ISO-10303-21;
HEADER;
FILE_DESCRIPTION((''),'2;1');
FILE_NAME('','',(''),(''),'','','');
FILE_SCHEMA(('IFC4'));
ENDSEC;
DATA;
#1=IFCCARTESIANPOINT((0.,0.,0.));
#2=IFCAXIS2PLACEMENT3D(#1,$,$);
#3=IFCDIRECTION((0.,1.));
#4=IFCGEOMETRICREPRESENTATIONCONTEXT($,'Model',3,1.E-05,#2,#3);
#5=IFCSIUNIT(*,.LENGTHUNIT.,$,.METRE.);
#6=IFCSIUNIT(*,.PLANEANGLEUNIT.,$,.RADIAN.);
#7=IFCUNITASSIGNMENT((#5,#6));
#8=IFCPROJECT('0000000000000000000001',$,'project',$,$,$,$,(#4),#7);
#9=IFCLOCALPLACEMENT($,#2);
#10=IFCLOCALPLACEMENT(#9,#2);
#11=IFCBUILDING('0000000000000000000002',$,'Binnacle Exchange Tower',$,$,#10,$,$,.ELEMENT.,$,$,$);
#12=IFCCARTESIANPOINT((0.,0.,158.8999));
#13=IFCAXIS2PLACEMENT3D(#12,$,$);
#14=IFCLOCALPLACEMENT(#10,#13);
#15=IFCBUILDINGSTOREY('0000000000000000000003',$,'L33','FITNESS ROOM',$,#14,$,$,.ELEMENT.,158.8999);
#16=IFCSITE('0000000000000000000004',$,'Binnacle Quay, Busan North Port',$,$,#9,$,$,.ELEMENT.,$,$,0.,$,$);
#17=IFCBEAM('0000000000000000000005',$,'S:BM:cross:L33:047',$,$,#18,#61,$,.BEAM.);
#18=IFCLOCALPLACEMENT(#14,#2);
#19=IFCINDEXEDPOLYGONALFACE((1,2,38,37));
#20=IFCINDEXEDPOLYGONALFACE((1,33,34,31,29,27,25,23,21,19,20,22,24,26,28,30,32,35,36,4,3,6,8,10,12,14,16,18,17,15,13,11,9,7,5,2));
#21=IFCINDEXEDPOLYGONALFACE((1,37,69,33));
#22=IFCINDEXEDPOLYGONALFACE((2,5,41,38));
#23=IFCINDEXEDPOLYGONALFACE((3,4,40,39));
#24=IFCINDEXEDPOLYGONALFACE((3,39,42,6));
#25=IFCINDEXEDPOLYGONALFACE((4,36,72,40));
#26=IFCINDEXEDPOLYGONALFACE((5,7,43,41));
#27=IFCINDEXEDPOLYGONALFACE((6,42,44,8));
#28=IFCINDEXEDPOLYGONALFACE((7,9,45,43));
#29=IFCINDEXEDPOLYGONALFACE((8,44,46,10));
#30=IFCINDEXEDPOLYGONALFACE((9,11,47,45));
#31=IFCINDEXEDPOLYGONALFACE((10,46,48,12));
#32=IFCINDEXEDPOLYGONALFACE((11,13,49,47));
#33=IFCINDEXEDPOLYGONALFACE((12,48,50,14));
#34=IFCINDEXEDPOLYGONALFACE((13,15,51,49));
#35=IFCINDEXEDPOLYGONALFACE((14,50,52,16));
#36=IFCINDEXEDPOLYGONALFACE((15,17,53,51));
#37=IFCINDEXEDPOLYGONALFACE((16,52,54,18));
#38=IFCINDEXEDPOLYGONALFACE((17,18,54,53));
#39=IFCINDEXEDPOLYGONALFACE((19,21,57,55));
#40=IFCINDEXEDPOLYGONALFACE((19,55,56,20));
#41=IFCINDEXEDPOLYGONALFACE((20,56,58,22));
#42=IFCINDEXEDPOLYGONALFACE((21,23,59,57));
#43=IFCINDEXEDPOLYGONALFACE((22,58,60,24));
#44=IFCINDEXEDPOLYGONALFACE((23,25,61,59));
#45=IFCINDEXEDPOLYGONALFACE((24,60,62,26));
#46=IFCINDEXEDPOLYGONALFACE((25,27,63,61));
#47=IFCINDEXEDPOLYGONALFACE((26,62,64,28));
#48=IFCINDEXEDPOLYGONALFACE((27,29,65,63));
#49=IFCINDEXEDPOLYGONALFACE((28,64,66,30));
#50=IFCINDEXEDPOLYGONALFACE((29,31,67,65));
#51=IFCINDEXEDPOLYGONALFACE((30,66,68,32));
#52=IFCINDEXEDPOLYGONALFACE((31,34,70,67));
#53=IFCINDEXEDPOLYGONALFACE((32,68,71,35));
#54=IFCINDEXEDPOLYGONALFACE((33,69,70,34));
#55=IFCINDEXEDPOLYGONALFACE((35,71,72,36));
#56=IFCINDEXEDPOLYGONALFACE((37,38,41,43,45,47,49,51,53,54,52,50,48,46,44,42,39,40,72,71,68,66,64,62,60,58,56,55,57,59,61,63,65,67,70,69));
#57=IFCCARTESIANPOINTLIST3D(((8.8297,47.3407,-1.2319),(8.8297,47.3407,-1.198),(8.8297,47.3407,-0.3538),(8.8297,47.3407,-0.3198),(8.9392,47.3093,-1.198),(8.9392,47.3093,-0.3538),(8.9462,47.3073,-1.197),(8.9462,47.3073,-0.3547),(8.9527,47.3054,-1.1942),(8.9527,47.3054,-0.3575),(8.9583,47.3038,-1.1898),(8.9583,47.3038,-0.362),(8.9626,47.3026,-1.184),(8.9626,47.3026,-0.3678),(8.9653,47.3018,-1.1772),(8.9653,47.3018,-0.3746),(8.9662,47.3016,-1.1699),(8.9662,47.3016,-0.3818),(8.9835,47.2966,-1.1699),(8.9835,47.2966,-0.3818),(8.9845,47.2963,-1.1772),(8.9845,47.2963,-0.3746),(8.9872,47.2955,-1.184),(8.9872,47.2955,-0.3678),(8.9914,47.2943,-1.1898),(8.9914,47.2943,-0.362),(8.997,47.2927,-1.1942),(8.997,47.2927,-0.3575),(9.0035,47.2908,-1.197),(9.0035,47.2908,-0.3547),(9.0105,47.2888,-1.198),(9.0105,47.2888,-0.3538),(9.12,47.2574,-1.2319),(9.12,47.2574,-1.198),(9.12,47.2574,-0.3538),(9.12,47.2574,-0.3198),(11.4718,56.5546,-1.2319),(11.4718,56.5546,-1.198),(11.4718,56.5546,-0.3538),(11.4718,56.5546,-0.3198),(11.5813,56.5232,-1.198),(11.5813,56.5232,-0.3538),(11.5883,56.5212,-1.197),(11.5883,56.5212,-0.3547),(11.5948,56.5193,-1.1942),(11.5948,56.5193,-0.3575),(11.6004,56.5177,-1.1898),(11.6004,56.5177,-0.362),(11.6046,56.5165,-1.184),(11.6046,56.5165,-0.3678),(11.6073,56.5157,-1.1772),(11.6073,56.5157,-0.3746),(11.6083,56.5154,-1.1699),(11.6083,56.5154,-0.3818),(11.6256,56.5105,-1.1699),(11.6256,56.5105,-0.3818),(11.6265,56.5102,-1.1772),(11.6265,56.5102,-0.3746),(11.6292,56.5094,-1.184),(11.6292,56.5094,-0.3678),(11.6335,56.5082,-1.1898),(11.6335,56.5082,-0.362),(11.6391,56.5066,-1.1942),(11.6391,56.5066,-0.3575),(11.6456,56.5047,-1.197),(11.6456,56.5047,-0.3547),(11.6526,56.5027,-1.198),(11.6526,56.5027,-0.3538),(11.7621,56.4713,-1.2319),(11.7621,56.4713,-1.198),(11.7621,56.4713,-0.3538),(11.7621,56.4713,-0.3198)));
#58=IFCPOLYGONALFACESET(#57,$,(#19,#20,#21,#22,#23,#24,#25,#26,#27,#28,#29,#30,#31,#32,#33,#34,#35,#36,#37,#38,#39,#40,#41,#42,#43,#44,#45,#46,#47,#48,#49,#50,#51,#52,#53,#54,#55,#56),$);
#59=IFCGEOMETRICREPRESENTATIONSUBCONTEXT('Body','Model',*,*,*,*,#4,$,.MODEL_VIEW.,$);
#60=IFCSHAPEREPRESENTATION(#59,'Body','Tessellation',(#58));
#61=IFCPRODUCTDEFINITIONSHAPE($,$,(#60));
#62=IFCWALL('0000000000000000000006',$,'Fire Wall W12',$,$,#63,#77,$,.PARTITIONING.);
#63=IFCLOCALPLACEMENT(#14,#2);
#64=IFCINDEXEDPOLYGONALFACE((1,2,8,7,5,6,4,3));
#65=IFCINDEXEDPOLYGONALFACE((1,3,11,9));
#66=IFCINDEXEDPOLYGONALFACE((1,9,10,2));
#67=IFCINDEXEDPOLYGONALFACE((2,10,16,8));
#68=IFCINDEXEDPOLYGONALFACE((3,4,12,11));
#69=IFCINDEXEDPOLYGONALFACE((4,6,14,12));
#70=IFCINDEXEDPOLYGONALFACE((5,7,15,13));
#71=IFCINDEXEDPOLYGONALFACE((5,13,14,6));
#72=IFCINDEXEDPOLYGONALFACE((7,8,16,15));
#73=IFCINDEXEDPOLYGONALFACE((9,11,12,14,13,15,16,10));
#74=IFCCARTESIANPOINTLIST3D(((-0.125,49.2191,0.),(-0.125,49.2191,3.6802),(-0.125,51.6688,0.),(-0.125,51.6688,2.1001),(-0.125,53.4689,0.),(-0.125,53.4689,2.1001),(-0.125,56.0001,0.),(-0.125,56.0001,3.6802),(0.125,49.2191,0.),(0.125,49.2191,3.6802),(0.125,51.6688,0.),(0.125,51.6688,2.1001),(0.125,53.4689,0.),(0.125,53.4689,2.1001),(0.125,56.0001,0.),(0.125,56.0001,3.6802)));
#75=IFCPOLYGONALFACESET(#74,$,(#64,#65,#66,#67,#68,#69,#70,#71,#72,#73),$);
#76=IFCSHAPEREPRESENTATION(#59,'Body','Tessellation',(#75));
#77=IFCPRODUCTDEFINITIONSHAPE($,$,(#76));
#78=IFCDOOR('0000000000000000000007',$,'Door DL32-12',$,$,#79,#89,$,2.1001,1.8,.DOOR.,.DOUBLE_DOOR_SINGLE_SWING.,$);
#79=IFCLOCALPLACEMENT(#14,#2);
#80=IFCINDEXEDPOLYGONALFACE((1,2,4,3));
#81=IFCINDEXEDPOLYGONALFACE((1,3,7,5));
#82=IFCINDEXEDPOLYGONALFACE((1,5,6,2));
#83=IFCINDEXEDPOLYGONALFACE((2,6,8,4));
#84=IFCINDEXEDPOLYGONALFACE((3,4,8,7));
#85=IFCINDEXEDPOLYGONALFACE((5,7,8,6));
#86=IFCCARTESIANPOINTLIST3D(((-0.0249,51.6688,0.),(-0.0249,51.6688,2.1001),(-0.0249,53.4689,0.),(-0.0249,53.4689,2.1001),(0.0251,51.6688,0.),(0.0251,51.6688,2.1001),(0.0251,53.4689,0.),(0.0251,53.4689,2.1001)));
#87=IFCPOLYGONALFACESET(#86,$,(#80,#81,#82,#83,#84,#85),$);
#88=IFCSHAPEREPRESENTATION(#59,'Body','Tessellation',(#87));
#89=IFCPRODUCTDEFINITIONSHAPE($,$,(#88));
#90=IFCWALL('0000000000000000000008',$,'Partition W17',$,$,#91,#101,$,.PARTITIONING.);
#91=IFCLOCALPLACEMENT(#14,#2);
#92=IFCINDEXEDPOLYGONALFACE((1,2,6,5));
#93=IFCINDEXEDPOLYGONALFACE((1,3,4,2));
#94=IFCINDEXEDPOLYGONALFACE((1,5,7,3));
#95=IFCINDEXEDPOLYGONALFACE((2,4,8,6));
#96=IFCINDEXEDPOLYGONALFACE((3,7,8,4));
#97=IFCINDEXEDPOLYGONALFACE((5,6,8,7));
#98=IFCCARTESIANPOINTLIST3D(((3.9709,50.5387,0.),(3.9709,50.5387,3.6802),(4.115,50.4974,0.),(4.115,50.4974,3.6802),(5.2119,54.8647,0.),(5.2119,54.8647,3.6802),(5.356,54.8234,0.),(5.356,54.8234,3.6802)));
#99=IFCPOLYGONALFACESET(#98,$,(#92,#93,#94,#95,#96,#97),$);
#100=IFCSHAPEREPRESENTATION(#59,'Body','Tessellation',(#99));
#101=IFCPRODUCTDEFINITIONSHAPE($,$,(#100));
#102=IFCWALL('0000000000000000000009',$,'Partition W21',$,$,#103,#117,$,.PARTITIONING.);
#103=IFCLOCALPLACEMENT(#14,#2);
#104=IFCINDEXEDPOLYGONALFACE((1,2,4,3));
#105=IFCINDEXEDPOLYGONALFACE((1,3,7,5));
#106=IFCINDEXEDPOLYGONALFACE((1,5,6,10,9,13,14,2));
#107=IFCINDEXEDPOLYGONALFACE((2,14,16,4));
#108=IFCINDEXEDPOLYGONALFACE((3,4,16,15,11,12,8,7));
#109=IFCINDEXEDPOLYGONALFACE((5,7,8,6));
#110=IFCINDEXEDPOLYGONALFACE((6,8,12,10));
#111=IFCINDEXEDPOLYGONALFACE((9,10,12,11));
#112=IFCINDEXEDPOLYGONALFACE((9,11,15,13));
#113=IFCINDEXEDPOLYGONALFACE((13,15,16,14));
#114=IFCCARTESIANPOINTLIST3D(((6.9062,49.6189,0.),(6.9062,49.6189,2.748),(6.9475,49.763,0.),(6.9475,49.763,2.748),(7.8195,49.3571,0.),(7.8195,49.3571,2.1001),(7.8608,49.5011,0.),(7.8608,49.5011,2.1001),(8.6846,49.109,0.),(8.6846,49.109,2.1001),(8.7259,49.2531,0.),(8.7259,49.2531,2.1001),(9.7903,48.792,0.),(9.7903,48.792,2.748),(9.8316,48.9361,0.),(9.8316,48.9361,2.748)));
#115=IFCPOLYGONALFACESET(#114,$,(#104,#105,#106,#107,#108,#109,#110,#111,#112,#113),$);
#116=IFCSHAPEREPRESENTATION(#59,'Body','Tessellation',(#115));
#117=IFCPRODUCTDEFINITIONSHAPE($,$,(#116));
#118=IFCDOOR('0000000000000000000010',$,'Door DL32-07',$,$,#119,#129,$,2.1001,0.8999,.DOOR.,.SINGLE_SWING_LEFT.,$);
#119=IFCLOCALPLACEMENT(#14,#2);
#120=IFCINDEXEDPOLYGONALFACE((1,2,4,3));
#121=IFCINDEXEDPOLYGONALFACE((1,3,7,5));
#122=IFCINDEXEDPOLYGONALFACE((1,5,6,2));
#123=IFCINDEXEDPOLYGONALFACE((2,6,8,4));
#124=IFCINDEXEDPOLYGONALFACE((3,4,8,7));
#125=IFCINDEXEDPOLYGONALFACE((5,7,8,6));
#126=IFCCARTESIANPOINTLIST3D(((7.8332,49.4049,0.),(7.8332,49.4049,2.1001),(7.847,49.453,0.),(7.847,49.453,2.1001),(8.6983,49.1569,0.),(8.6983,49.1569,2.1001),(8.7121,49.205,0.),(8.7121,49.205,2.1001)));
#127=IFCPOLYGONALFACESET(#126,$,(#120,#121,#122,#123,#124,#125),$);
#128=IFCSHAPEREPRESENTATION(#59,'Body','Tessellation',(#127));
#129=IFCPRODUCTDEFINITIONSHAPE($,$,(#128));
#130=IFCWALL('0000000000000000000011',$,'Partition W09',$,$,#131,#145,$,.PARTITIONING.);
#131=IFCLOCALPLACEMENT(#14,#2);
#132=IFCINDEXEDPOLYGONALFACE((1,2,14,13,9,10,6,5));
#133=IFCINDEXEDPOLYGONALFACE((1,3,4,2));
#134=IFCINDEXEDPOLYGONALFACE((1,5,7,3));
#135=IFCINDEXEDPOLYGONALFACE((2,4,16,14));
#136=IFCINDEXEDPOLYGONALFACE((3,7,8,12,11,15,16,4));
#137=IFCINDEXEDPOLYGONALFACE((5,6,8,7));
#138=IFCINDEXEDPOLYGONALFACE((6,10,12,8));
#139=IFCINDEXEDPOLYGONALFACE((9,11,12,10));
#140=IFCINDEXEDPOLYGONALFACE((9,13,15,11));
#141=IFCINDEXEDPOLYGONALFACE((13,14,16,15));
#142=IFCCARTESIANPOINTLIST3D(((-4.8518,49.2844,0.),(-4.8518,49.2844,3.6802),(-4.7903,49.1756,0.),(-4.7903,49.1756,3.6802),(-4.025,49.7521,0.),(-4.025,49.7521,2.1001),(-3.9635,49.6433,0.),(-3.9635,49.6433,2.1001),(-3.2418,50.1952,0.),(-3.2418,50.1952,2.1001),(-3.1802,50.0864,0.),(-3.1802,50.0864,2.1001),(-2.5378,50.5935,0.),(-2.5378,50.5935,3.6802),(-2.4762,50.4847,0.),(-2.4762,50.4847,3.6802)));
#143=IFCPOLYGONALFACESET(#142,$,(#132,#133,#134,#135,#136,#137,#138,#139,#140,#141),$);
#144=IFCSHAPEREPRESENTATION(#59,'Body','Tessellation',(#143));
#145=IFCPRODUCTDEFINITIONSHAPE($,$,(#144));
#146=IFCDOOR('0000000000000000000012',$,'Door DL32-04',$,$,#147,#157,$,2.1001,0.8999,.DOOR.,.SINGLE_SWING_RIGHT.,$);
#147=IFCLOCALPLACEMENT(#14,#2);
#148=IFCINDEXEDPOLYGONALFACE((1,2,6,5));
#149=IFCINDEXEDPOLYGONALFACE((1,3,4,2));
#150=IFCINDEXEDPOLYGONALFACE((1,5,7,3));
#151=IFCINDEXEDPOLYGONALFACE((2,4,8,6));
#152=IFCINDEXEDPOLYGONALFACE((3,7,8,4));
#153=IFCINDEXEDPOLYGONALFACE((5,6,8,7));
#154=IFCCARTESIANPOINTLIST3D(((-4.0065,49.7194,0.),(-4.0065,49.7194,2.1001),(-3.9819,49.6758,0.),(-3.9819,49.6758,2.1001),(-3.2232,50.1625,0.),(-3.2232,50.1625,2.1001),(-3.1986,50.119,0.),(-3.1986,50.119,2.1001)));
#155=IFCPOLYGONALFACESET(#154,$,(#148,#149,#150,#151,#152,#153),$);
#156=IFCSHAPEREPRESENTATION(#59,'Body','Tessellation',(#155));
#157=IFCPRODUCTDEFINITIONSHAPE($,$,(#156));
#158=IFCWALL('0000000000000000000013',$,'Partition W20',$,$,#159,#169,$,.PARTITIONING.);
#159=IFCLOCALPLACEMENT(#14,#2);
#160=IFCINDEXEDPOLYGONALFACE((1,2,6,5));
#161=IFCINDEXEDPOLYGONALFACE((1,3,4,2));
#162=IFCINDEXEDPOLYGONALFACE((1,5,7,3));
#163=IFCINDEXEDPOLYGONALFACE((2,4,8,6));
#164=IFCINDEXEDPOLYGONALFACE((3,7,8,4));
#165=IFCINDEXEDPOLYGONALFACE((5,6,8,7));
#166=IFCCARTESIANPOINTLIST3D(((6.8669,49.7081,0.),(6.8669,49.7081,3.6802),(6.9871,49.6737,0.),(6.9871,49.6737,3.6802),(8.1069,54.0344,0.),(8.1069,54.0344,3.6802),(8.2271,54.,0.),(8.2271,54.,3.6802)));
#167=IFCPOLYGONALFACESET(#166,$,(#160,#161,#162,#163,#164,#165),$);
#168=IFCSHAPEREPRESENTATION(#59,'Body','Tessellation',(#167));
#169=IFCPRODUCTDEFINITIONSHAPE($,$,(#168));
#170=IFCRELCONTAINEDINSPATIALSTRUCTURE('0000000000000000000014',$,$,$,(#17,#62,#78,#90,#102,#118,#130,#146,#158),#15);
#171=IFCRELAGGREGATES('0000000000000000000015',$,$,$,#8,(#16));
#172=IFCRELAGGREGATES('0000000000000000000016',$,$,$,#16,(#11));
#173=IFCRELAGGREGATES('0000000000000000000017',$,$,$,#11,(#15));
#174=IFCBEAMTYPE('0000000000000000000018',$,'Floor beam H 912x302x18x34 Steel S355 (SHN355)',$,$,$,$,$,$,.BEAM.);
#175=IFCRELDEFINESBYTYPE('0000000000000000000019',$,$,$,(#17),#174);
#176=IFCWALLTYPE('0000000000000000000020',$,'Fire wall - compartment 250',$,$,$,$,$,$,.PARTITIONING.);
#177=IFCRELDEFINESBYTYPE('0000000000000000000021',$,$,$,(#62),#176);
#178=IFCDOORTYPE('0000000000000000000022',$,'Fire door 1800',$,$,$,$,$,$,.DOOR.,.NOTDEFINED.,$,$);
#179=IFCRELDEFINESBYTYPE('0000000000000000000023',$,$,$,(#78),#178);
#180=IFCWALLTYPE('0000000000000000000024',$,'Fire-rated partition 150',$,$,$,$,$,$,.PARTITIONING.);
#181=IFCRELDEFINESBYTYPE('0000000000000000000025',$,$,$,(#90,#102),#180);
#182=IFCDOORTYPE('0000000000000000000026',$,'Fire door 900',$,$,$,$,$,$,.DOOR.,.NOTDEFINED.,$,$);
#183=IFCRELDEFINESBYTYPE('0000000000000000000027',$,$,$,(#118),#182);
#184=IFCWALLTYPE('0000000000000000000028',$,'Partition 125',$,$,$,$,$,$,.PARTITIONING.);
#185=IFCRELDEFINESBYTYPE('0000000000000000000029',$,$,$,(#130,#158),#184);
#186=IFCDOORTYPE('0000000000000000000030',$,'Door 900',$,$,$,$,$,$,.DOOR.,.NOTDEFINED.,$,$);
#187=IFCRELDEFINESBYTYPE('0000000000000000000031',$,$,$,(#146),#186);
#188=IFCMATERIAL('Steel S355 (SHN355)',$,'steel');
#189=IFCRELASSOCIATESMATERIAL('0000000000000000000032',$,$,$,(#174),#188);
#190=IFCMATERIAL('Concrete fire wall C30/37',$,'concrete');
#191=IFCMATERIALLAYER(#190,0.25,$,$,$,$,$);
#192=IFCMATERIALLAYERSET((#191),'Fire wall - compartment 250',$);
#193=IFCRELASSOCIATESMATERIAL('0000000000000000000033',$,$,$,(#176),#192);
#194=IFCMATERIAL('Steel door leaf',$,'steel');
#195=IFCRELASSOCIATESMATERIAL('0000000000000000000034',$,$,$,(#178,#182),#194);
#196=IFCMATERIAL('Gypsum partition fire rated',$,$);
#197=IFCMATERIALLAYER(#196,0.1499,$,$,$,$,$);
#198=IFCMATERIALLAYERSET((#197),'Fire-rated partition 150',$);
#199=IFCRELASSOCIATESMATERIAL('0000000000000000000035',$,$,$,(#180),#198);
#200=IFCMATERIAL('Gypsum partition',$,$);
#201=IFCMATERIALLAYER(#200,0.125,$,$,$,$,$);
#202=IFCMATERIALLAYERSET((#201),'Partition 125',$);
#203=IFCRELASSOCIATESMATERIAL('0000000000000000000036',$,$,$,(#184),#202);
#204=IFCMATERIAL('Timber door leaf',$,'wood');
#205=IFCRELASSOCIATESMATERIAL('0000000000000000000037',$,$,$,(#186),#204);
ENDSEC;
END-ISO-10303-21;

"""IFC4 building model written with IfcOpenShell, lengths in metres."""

from ifc_helpers import new_model, si_unit, direction, frame, frame_2d, origin, origin_2d, place, context, subcontext, project, spatial, rectangle, i_section, extrude, material, layer, layer_set, material_profile, profile_set, type_object, element, fill, save


model = new_model("IFC4")

# Units and contexts
model_context = context("Model", 3, precision=1e-05, world=origin(), true_north=direction((0.0, 1.0)))
body_context = subcontext(model_context, "Body", "Model", "MODEL_VIEW")
ifc_project = project(units=[si_unit("LENGTHUNIT", "METRE"), si_unit("PLANEANGLEUNIT", "RADIAN")], contexts=[model_context])

# Site, building, storey
site_placement = place(None, origin())
site = spatial("IfcSite", under=ifc_project, at=site_placement, Name="Binnacle Quay, Busan North Port", CompositionType="ELEMENT", RefElevation=0.0)
building_placement = place(site_placement, origin())
building = spatial("IfcBuilding", under=site, at=building_placement, Name="Binnacle Exchange Tower", CompositionType="ELEMENT")
storey_placement = place(building_placement, frame((0.0, 0.0, 158.8999)))
storey = spatial("IfcBuildingStorey", under=building, at=storey_placement, Name="L33", Description="FITNESS ROOM", CompositionType="ELEMENT", Elevation=158.8999)

# Beam
ifc_material_1 = material(Name="Steel S355 (SHN355)", Category="steel")
ifc_material_profile_1 = material_profile(ifc_material_1, i_section(OverallWidth=0.302, OverallDepth=0.9121, WebThickness=0.0181, FlangeThickness=0.0339, FilletRadius=0.0281, at=origin_2d()), Name="H 912x302x18x34")
ifc_profile_set_1 = profile_set([ifc_material_profile_1], Name="Steel S355 (SHN355)")
beam_type_1 = type_object("IfcBeamType", Name="Floor beam H 912x302x18x34 Steel S355 (SHN355)", PredefinedType="BEAM", material=ifc_profile_set_1)
beam_1_placement = place(storey_placement, frame((8.9749, 47.2991, -0.7759), z_axis=(0.275643, 0.96126, 0.0), x_axis=(-0.96126, 0.275643, 0.0)))
element("IfcBeam", 1, at=beam_1_placement, inside=storey, type_object=beam_type_1, Name="S:BM:cross:L33:047", PredefinedType="BEAM", context=body_context, shape_type="SweptSolid", body=[
    extrude(i_section(OverallWidth=0.302, OverallDepth=0.9121, WebThickness=0.0181, FlangeThickness=0.0339, FilletRadius=0.0281, at=origin_2d()), origin(), (0.0, 0.0, 1.0), 9.5852),
])

# Wall, opening, door
ifc_material_2 = material(Name="Concrete fire wall C30/37", Category="concrete")
ifc_layer_1 = layer(ifc_material_2, 0.25)
ifc_layer_set_1 = layer_set([ifc_layer_1], Name="Fire wall - compartment 250")
wall_type_1 = type_object("IfcWallType", Name="Fire wall - compartment 250", PredefinedType="PARTITIONING", material=ifc_layer_set_1)
wall_1_placement = place(storey_placement, frame((0.0, 49.219, 0.0), z_axis=(0.0, 0.0, 1.0), x_axis=(0.0, 1.0, 0.0)))
wall_1 = element("IfcWall", 2, at=wall_1_placement, inside=storey, type_object=wall_type_1, Name="Fire Wall W12", PredefinedType="PARTITIONING", context=body_context, shape_type="SweptSolid", body=[
    extrude(rectangle(XDim=6.781, YDim=0.25, at=frame_2d((3.3906, 0.0))), origin(), (0.0, 0.0, 1.0), 3.6802),
])
opening_1_placement = place(wall_1_placement, frame((2.45, 0.0, 0.0)))
opening_1 = element("IfcOpeningElement", 3, at=opening_1_placement, cuts=wall_1, PredefinedType="OPENING", context=body_context, shape_type="SweptSolid", body=[
    extrude(rectangle(XDim=1.8, YDim=2.1001, at=frame_2d((0.8999, 1.05))), frame((0.0, 0.135, 0.0), z_axis=(0.0, -1.0, 0.0), x_axis=(1.0, 0.0, 0.0)), (0.0, 0.0, 1.0), 0.27),
])
ifc_material_3 = material(Name="Steel door leaf", Category="steel")
door_type_1 = type_object("IfcDoorType", Name="Fire door 1800", OperationType="NOTDEFINED", PredefinedType="DOOR", material=ifc_material_3)
door_1_placement = place(opening_1_placement, origin())
door_1 = element("IfcDoor", 4, at=door_1_placement, inside=storey, type_object=door_type_1, Name="Door DL32-12", OperationType="DOUBLE_DOOR_SINGLE_SWING", OverallHeight=2.1001, OverallWidth=1.8, PredefinedType="DOOR", context=body_context, shape_type="SweptSolid", body=[
    extrude(rectangle(XDim=1.8, YDim=2.1001, at=frame_2d((0.8999, 1.05))), frame((0.0, 0.0249, 0.0), z_axis=(0.0, -1.0, 0.0), x_axis=(1.0, 0.0, 0.0)), (0.0, 0.0, 1.0), 0.05),
])
fill(opening_1, door_1)

# Wall
ifc_material_4 = material(Name="Gypsum partition fire rated")
ifc_layer_2 = layer(ifc_material_4, 0.1499)
ifc_layer_set_2 = layer_set([ifc_layer_2], Name="Fire-rated partition 150")
wall_type_2 = type_object("IfcWallType", Name="Fire-rated partition 150", PredefinedType="PARTITIONING", material=ifc_layer_set_2)
wall_2_placement = place(storey_placement, frame((4.043, 50.5181, 0.0), z_axis=(0.0, 0.0, 1.0), x_axis=(0.275746, 0.961231, 0.0)))
element("IfcWall", 5, at=wall_2_placement, inside=storey, type_object=wall_type_2, Name="Partition W17", PredefinedType="PARTITIONING", context=body_context, shape_type="SweptSolid", body=[
    extrude(rectangle(XDim=4.5005, YDim=0.1499, at=frame_2d((2.2502, 0.0))), origin(), (0.0, 0.0, 1.0), 3.6802),
])

# Walls, openings, doors
wall_3_placement = place(storey_placement, frame((6.927, 49.6909, 0.0), z_axis=(0.0, 0.0, 1.0), x_axis=(0.961269, -0.275613, 0.0)))
wall_3 = element("IfcWall", 6, at=wall_3_placement, inside=storey, type_object=wall_type_2, Name="Partition W21", PredefinedType="PARTITIONING", context=body_context, shape_type="SweptSolid", body=[
    extrude(rectangle(XDim=3.0002, YDim=0.1499, at=frame_2d((1.5, 0.0))), origin(), (0.0, 0.0, 1.0), 2.748),
])
opening_2_placement = place(wall_3_placement, frame((0.95, 0.0, 0.0)))
opening_2 = element("IfcOpeningElement", 7, at=opening_2_placement, cuts=wall_3, PredefinedType="OPENING", context=body_context, shape_type="SweptSolid", body=[
    extrude(rectangle(XDim=0.8999, YDim=2.1001, at=frame_2d((0.45, 1.05))), frame((0.0, 0.085, 0.0), z_axis=(0.0, -1.0, 0.0), x_axis=(1.0, 0.0, 0.0)), (0.0, 0.0, 1.0), 0.1699),
])
door_type_2 = type_object("IfcDoorType", Name="Fire door 900", OperationType="NOTDEFINED", PredefinedType="DOOR", material=ifc_material_3)
door_2_placement = place(opening_2_placement, origin())
door_2 = element("IfcDoor", 8, at=door_2_placement, inside=storey, type_object=door_type_2, Name="Door DL32-07", OperationType="SINGLE_SWING_LEFT", OverallHeight=2.1001, OverallWidth=0.8999, PredefinedType="DOOR", context=body_context, shape_type="SweptSolid", body=[
    extrude(rectangle(XDim=0.8999, YDim=2.1001, at=frame_2d((0.45, 1.05))), frame((0.0, 0.0249, 0.0), z_axis=(0.0, -1.0, 0.0), x_axis=(1.0, 0.0, 0.0)), (0.0, 0.0, 1.0), 0.05),
])
fill(opening_2, door_2)
ifc_material_5 = material(Name="Gypsum partition")
ifc_layer_3 = layer(ifc_material_5, 0.125)
ifc_layer_set_3 = layer_set([ifc_layer_3], Name="Partition 125")
wall_type_3 = type_object("IfcWallType", Name="Partition 125", PredefinedType="PARTITIONING", material=ifc_layer_set_3)
wall_4_placement = place(storey_placement, frame((-4.821, 49.23, 0.0), z_axis=(0.0, 0.0, 1.0), x_axis=(0.870371, 0.492396, 0.0)))
wall_4 = element("IfcWall", 9, at=wall_4_placement, inside=storey, type_object=wall_type_3, Name="Partition W09", PredefinedType="PARTITIONING", context=body_context, shape_type="SweptSolid", body=[
    extrude(rectangle(XDim=2.6587, YDim=0.125, at=frame_2d((1.3293, 0.0))), origin(), (0.0, 0.0, 1.0), 3.6802),
])
opening_3_placement = place(wall_4_placement, frame((0.95, 0.0, 0.0)))
opening_3 = element("IfcOpeningElement", 10, at=opening_3_placement, cuts=wall_4, PredefinedType="OPENING", context=body_context, shape_type="SweptSolid", body=[
    extrude(rectangle(XDim=0.8999, YDim=2.1001, at=frame_2d((0.45, 1.05))), frame((0.0, 0.0725, 0.0), z_axis=(0.0, -1.0, 0.0), x_axis=(1.0, 0.0, 0.0)), (0.0, 0.0, 1.0), 0.145),
])
ifc_material_6 = material(Name="Timber door leaf", Category="wood")
door_type_3 = type_object("IfcDoorType", Name="Door 900", OperationType="NOTDEFINED", PredefinedType="DOOR", material=ifc_material_6)
door_3_placement = place(opening_3_placement, origin())
door_3 = element("IfcDoor", 11, at=door_3_placement, inside=storey, type_object=door_type_3, Name="Door DL32-04", OperationType="SINGLE_SWING_RIGHT", OverallHeight=2.1001, OverallWidth=0.8999, PredefinedType="DOOR", context=body_context, shape_type="SweptSolid", body=[
    extrude(rectangle(XDim=0.8999, YDim=2.1001, at=frame_2d((0.45, 1.05))), frame((0.0, 0.0249, 0.0), z_axis=(0.0, -1.0, 0.0), x_axis=(1.0, 0.0, 0.0)), (0.0, 0.0, 1.0), 0.05),
])
fill(opening_3, door_3)

# Wall
wall_5_placement = place(storey_placement, frame((6.927, 49.6909, 0.0), z_axis=(0.0, 0.0, 1.0), x_axis=(0.275531, 0.961292, 0.0)))
element("IfcWall", 12, at=wall_5_placement, inside=storey, type_object=wall_type_3, Name="Partition W20", PredefinedType="PARTITIONING", context=body_context, shape_type="SweptSolid", body=[
    extrude(rectangle(XDim=4.5005, YDim=0.125, at=frame_2d((2.2502, 0.0))), origin(), (0.0, 0.0, 1.0), 3.6802),
])

save(model, "model.ifc")
